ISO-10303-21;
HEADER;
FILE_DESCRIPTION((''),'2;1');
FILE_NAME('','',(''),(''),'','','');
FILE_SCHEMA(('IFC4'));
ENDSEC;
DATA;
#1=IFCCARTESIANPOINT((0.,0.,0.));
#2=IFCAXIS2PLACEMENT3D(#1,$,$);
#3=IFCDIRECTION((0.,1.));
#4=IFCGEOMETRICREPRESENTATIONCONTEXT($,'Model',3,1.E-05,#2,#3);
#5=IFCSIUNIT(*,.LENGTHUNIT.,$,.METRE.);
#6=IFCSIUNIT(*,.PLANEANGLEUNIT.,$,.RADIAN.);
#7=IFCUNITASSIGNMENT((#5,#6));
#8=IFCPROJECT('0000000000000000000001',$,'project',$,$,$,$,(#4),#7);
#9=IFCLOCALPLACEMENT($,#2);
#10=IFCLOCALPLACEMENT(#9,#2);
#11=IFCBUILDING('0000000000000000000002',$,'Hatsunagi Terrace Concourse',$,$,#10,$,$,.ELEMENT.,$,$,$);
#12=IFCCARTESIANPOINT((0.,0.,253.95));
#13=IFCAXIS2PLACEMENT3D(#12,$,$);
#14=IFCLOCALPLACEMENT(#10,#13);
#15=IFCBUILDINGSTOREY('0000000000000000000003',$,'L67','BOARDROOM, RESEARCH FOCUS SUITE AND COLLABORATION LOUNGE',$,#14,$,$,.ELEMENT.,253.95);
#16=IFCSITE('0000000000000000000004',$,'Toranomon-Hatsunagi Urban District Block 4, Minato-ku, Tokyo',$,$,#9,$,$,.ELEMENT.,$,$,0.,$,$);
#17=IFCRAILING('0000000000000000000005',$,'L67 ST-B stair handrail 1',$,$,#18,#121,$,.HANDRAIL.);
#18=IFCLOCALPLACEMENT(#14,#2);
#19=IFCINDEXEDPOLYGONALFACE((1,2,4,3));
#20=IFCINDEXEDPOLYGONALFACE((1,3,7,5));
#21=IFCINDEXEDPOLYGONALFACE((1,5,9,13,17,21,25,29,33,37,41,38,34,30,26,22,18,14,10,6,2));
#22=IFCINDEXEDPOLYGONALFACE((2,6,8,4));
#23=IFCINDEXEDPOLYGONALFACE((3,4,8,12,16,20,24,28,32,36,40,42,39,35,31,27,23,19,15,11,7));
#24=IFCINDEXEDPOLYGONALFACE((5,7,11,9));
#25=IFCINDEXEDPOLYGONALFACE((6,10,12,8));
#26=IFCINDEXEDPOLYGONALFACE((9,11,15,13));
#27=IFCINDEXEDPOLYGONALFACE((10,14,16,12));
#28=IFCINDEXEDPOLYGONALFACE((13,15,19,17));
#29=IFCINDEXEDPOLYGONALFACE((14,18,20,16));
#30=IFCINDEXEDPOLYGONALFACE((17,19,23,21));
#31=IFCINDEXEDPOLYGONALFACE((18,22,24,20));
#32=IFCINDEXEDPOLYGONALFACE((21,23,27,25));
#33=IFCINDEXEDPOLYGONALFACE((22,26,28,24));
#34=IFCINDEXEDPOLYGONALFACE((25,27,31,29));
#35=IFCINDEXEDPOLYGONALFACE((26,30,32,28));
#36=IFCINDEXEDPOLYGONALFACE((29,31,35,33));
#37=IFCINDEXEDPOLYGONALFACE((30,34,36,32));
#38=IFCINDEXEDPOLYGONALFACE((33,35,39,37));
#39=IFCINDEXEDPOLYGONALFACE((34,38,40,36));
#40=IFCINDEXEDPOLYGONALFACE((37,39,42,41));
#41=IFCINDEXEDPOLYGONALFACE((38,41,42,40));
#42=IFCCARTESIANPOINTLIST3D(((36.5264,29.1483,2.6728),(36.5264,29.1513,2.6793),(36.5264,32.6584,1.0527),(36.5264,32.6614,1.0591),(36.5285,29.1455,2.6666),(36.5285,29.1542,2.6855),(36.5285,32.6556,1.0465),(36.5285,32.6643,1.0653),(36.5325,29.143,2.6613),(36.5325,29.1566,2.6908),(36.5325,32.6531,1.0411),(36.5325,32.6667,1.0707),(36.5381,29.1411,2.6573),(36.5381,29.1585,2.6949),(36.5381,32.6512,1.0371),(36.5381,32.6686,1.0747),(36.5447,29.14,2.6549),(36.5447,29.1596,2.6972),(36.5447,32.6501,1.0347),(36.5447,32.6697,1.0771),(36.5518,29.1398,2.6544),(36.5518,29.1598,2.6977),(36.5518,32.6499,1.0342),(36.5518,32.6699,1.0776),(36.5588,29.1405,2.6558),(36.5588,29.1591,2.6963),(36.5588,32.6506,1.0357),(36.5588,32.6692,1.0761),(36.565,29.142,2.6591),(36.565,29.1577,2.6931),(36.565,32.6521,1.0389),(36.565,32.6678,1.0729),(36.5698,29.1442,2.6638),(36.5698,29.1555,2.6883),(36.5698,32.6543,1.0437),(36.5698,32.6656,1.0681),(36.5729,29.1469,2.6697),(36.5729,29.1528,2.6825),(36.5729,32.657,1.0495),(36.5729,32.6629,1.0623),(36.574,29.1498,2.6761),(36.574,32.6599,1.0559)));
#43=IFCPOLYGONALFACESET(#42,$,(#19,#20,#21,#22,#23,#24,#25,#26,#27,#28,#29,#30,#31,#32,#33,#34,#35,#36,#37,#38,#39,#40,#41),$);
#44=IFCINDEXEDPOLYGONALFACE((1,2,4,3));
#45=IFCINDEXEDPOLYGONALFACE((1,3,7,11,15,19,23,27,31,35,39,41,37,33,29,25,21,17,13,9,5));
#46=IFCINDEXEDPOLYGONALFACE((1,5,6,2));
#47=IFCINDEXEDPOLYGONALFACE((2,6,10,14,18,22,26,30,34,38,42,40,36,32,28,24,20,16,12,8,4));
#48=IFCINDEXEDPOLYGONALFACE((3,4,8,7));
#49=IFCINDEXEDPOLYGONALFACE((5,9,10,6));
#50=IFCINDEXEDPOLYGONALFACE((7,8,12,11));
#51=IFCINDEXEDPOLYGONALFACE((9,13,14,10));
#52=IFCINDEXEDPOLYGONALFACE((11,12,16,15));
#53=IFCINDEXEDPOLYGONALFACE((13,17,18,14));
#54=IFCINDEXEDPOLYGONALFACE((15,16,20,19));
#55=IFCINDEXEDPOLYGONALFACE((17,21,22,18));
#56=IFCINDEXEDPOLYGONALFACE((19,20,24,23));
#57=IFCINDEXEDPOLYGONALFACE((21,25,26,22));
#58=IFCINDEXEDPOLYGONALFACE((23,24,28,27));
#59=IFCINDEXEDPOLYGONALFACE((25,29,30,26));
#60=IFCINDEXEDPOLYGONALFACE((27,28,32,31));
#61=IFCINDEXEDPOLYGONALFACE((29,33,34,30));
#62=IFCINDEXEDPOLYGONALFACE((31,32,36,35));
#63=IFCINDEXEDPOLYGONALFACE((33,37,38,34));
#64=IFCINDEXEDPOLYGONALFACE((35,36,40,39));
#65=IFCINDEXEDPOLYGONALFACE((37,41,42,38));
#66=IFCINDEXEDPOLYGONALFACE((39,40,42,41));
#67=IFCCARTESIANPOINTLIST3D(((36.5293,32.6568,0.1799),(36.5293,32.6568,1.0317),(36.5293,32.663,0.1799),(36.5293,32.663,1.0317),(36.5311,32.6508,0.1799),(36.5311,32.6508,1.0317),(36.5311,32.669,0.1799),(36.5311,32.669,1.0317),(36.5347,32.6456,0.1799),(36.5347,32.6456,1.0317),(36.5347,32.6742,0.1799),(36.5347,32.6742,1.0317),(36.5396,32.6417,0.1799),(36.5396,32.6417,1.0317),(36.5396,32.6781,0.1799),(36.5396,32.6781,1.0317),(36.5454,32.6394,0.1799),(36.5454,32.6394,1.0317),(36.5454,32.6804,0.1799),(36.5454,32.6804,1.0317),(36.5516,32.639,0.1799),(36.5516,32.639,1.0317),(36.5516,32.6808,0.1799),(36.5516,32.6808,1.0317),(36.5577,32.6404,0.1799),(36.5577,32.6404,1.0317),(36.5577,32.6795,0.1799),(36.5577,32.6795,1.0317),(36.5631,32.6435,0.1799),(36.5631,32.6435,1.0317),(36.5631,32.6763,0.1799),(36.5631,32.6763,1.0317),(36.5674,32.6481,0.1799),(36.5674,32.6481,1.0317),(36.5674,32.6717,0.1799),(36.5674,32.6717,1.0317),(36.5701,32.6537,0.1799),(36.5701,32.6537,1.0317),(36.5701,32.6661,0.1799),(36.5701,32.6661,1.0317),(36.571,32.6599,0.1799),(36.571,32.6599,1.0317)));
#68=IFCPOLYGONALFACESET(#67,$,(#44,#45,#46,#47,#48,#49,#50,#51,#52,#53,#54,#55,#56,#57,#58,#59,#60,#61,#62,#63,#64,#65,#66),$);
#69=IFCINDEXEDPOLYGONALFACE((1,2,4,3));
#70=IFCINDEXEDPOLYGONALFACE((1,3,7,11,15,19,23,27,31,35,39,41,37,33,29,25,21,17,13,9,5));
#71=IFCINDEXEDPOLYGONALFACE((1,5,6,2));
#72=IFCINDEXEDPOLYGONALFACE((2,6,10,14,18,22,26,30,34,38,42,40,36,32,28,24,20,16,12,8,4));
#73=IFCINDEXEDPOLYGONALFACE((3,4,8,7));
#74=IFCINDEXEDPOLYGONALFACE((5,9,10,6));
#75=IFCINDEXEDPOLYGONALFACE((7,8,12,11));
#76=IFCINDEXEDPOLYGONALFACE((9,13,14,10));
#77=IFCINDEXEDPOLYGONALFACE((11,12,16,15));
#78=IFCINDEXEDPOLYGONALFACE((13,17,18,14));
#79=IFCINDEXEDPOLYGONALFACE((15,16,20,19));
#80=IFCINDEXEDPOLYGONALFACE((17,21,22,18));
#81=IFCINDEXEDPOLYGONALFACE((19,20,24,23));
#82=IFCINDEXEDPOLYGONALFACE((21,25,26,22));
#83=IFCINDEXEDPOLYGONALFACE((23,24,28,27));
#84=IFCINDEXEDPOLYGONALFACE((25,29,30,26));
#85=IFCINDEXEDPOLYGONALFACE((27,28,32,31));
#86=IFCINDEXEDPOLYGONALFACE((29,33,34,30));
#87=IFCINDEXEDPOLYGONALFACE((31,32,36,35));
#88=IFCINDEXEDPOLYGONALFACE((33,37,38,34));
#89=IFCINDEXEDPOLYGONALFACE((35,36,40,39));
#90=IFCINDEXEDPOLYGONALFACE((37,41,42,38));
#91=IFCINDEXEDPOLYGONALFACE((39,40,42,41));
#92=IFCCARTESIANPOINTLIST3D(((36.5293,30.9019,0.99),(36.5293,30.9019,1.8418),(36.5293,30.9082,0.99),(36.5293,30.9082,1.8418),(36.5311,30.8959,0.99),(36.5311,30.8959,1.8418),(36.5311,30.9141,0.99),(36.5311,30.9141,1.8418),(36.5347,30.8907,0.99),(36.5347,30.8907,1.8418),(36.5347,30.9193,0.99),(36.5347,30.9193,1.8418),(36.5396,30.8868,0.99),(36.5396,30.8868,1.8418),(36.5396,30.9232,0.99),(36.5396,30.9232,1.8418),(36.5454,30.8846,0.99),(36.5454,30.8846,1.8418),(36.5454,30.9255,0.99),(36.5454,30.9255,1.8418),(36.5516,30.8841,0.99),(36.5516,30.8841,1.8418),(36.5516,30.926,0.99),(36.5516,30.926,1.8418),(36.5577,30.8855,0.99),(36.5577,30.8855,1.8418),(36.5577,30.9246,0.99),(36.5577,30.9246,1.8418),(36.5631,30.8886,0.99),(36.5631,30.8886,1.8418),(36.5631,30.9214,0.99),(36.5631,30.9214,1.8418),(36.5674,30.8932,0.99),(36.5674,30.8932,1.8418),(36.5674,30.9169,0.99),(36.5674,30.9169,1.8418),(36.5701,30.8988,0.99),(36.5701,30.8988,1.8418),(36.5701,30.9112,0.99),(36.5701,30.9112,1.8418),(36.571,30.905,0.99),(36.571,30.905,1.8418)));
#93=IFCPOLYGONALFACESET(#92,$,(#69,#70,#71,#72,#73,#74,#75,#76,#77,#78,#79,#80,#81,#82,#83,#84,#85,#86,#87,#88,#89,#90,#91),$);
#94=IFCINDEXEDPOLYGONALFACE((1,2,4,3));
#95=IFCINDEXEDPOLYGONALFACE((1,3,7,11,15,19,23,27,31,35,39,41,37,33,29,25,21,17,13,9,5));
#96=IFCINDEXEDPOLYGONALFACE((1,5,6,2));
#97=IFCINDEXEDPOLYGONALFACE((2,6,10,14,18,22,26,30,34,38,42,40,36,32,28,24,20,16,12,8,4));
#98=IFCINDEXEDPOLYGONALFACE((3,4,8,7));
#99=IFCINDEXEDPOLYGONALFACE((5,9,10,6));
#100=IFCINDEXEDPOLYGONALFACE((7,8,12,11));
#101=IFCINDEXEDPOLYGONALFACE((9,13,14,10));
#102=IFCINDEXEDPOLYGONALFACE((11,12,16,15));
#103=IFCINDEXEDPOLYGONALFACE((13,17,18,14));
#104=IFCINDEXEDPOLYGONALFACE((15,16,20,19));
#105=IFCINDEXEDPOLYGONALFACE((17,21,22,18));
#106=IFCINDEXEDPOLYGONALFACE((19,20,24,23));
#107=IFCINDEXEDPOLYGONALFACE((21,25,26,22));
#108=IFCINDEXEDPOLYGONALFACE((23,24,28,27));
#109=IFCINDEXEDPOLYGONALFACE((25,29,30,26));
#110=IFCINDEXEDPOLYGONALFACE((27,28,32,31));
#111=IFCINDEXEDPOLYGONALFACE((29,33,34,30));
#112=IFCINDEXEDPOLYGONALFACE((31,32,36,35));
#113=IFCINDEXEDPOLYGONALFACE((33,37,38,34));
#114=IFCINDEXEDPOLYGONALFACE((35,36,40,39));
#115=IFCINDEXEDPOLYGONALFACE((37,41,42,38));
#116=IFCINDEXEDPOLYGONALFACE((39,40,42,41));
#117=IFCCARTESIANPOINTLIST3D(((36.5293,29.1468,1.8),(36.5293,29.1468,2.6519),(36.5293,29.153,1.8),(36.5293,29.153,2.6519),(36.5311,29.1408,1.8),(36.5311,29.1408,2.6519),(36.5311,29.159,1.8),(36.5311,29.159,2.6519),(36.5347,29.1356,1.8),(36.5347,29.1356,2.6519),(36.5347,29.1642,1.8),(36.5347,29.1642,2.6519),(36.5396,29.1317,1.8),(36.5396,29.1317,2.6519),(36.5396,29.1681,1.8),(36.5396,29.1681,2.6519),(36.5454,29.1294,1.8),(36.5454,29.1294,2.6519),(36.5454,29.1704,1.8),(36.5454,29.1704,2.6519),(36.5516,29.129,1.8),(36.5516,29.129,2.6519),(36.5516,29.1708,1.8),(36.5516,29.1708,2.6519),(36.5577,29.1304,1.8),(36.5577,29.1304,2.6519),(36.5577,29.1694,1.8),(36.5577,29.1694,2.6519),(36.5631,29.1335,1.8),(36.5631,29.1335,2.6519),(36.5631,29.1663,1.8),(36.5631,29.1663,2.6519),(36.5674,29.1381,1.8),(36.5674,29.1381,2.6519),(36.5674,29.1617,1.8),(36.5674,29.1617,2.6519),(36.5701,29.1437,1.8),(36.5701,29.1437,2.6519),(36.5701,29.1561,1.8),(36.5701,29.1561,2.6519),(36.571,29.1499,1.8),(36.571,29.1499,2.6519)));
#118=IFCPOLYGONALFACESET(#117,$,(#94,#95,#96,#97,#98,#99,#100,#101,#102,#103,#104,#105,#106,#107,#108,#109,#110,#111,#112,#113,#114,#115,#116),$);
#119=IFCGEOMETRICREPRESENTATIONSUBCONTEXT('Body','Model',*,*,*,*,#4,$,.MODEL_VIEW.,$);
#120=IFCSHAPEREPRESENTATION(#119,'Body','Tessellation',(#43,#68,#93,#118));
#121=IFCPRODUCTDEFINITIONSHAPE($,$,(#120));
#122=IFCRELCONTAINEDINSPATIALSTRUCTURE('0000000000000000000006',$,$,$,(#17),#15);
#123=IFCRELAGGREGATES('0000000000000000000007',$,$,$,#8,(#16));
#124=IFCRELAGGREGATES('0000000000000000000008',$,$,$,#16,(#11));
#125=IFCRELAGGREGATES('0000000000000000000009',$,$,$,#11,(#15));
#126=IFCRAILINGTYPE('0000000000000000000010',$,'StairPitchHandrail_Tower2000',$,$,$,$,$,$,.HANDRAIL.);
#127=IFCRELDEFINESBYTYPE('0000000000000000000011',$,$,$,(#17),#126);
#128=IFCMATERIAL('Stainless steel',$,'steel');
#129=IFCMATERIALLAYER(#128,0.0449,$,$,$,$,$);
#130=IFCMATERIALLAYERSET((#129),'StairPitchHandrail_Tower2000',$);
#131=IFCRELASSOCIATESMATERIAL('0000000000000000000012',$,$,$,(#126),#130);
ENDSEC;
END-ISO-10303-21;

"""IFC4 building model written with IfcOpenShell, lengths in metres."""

from ifc_helpers import new_model, si_unit, direction, frame, origin, origin_2d, place, context, subcontext, project, spatial, circle, extrude, material, layer, layer_set, type_object, element, save


model = new_model("IFC4")

# Units and contexts
model_context = context("Model", 3, precision=1e-05, world=origin(), true_north=direction((0.0, 1.0)))
body_context = subcontext(model_context, "Body", "Model", "MODEL_VIEW")
ifc_project = project(units=[si_unit("LENGTHUNIT", "METRE"), si_unit("PLANEANGLEUNIT", "RADIAN")], contexts=[model_context])

# Site, building, storey
site_placement = place(None, origin())
site = spatial("IfcSite", under=ifc_project, at=site_placement, Name="Toranomon-Hatsunagi Urban District Block 4, Minato-ku, Tokyo", CompositionType="ELEMENT", RefElevation=0.0)
building_placement = place(site_placement, origin())
building = spatial("IfcBuilding", under=site, at=building_placement, Name="Hatsunagi Terrace Concourse", CompositionType="ELEMENT")
storey_placement = place(building_placement, frame((0.0, 0.0, 253.95)))
storey = spatial("IfcBuildingStorey", under=building, at=storey_placement, Name="L67", Description="BOARDROOM, RESEARCH FOCUS SUITE AND COLLABORATION LOUNGE", CompositionType="ELEMENT", Elevation=253.95)

# Railing
ifc_material_1 = material(Name="Stainless steel", Category="steel")
ifc_layer_1 = layer(ifc_material_1, 0.0449)
ifc_layer_set_1 = layer_set([ifc_layer_1], Name="StairPitchHandrail_Tower2000")
railing_type_1 = type_object("IfcRailingType", Name="StairPitchHandrail_Tower2000", PredefinedType="HANDRAIL", material=ifc_layer_set_1)
railing_1_placement = place(storey_placement, frame((36.55, 32.6599, 0.1799)))
element("IfcRailing", 1, at=railing_1_placement, inside=storey, type_object=railing_type_1, Name="L67 ST-B stair handrail 1", PredefinedType="HANDRAIL", context=body_context, shape_type="SweptSolid", body=[
    extrude(circle(Radius=0.0239, at=origin_2d()), frame((0.0, 0.0, 0.876), z_axis=(0.0, -0.907948, 0.419082), x_axis=(1.0, 0.0, 0.0)), (0.0, 0.0, 1.0), 3.866),
    extrude(circle(Radius=0.021, at=origin_2d()), origin(), (0.0, 0.0, 1.0), 0.8518),
    extrude(circle(Radius=0.021, at=origin_2d()), frame((0.0, -1.7549, 0.8101)), (0.0, 0.0, 1.0), 0.8518),
    extrude(circle(Radius=0.021, at=origin_2d()), frame((0.0, -3.51, 1.6201)), (0.0, 0.0, 1.0), 0.8518),
])

save(model, "model.ifc")
